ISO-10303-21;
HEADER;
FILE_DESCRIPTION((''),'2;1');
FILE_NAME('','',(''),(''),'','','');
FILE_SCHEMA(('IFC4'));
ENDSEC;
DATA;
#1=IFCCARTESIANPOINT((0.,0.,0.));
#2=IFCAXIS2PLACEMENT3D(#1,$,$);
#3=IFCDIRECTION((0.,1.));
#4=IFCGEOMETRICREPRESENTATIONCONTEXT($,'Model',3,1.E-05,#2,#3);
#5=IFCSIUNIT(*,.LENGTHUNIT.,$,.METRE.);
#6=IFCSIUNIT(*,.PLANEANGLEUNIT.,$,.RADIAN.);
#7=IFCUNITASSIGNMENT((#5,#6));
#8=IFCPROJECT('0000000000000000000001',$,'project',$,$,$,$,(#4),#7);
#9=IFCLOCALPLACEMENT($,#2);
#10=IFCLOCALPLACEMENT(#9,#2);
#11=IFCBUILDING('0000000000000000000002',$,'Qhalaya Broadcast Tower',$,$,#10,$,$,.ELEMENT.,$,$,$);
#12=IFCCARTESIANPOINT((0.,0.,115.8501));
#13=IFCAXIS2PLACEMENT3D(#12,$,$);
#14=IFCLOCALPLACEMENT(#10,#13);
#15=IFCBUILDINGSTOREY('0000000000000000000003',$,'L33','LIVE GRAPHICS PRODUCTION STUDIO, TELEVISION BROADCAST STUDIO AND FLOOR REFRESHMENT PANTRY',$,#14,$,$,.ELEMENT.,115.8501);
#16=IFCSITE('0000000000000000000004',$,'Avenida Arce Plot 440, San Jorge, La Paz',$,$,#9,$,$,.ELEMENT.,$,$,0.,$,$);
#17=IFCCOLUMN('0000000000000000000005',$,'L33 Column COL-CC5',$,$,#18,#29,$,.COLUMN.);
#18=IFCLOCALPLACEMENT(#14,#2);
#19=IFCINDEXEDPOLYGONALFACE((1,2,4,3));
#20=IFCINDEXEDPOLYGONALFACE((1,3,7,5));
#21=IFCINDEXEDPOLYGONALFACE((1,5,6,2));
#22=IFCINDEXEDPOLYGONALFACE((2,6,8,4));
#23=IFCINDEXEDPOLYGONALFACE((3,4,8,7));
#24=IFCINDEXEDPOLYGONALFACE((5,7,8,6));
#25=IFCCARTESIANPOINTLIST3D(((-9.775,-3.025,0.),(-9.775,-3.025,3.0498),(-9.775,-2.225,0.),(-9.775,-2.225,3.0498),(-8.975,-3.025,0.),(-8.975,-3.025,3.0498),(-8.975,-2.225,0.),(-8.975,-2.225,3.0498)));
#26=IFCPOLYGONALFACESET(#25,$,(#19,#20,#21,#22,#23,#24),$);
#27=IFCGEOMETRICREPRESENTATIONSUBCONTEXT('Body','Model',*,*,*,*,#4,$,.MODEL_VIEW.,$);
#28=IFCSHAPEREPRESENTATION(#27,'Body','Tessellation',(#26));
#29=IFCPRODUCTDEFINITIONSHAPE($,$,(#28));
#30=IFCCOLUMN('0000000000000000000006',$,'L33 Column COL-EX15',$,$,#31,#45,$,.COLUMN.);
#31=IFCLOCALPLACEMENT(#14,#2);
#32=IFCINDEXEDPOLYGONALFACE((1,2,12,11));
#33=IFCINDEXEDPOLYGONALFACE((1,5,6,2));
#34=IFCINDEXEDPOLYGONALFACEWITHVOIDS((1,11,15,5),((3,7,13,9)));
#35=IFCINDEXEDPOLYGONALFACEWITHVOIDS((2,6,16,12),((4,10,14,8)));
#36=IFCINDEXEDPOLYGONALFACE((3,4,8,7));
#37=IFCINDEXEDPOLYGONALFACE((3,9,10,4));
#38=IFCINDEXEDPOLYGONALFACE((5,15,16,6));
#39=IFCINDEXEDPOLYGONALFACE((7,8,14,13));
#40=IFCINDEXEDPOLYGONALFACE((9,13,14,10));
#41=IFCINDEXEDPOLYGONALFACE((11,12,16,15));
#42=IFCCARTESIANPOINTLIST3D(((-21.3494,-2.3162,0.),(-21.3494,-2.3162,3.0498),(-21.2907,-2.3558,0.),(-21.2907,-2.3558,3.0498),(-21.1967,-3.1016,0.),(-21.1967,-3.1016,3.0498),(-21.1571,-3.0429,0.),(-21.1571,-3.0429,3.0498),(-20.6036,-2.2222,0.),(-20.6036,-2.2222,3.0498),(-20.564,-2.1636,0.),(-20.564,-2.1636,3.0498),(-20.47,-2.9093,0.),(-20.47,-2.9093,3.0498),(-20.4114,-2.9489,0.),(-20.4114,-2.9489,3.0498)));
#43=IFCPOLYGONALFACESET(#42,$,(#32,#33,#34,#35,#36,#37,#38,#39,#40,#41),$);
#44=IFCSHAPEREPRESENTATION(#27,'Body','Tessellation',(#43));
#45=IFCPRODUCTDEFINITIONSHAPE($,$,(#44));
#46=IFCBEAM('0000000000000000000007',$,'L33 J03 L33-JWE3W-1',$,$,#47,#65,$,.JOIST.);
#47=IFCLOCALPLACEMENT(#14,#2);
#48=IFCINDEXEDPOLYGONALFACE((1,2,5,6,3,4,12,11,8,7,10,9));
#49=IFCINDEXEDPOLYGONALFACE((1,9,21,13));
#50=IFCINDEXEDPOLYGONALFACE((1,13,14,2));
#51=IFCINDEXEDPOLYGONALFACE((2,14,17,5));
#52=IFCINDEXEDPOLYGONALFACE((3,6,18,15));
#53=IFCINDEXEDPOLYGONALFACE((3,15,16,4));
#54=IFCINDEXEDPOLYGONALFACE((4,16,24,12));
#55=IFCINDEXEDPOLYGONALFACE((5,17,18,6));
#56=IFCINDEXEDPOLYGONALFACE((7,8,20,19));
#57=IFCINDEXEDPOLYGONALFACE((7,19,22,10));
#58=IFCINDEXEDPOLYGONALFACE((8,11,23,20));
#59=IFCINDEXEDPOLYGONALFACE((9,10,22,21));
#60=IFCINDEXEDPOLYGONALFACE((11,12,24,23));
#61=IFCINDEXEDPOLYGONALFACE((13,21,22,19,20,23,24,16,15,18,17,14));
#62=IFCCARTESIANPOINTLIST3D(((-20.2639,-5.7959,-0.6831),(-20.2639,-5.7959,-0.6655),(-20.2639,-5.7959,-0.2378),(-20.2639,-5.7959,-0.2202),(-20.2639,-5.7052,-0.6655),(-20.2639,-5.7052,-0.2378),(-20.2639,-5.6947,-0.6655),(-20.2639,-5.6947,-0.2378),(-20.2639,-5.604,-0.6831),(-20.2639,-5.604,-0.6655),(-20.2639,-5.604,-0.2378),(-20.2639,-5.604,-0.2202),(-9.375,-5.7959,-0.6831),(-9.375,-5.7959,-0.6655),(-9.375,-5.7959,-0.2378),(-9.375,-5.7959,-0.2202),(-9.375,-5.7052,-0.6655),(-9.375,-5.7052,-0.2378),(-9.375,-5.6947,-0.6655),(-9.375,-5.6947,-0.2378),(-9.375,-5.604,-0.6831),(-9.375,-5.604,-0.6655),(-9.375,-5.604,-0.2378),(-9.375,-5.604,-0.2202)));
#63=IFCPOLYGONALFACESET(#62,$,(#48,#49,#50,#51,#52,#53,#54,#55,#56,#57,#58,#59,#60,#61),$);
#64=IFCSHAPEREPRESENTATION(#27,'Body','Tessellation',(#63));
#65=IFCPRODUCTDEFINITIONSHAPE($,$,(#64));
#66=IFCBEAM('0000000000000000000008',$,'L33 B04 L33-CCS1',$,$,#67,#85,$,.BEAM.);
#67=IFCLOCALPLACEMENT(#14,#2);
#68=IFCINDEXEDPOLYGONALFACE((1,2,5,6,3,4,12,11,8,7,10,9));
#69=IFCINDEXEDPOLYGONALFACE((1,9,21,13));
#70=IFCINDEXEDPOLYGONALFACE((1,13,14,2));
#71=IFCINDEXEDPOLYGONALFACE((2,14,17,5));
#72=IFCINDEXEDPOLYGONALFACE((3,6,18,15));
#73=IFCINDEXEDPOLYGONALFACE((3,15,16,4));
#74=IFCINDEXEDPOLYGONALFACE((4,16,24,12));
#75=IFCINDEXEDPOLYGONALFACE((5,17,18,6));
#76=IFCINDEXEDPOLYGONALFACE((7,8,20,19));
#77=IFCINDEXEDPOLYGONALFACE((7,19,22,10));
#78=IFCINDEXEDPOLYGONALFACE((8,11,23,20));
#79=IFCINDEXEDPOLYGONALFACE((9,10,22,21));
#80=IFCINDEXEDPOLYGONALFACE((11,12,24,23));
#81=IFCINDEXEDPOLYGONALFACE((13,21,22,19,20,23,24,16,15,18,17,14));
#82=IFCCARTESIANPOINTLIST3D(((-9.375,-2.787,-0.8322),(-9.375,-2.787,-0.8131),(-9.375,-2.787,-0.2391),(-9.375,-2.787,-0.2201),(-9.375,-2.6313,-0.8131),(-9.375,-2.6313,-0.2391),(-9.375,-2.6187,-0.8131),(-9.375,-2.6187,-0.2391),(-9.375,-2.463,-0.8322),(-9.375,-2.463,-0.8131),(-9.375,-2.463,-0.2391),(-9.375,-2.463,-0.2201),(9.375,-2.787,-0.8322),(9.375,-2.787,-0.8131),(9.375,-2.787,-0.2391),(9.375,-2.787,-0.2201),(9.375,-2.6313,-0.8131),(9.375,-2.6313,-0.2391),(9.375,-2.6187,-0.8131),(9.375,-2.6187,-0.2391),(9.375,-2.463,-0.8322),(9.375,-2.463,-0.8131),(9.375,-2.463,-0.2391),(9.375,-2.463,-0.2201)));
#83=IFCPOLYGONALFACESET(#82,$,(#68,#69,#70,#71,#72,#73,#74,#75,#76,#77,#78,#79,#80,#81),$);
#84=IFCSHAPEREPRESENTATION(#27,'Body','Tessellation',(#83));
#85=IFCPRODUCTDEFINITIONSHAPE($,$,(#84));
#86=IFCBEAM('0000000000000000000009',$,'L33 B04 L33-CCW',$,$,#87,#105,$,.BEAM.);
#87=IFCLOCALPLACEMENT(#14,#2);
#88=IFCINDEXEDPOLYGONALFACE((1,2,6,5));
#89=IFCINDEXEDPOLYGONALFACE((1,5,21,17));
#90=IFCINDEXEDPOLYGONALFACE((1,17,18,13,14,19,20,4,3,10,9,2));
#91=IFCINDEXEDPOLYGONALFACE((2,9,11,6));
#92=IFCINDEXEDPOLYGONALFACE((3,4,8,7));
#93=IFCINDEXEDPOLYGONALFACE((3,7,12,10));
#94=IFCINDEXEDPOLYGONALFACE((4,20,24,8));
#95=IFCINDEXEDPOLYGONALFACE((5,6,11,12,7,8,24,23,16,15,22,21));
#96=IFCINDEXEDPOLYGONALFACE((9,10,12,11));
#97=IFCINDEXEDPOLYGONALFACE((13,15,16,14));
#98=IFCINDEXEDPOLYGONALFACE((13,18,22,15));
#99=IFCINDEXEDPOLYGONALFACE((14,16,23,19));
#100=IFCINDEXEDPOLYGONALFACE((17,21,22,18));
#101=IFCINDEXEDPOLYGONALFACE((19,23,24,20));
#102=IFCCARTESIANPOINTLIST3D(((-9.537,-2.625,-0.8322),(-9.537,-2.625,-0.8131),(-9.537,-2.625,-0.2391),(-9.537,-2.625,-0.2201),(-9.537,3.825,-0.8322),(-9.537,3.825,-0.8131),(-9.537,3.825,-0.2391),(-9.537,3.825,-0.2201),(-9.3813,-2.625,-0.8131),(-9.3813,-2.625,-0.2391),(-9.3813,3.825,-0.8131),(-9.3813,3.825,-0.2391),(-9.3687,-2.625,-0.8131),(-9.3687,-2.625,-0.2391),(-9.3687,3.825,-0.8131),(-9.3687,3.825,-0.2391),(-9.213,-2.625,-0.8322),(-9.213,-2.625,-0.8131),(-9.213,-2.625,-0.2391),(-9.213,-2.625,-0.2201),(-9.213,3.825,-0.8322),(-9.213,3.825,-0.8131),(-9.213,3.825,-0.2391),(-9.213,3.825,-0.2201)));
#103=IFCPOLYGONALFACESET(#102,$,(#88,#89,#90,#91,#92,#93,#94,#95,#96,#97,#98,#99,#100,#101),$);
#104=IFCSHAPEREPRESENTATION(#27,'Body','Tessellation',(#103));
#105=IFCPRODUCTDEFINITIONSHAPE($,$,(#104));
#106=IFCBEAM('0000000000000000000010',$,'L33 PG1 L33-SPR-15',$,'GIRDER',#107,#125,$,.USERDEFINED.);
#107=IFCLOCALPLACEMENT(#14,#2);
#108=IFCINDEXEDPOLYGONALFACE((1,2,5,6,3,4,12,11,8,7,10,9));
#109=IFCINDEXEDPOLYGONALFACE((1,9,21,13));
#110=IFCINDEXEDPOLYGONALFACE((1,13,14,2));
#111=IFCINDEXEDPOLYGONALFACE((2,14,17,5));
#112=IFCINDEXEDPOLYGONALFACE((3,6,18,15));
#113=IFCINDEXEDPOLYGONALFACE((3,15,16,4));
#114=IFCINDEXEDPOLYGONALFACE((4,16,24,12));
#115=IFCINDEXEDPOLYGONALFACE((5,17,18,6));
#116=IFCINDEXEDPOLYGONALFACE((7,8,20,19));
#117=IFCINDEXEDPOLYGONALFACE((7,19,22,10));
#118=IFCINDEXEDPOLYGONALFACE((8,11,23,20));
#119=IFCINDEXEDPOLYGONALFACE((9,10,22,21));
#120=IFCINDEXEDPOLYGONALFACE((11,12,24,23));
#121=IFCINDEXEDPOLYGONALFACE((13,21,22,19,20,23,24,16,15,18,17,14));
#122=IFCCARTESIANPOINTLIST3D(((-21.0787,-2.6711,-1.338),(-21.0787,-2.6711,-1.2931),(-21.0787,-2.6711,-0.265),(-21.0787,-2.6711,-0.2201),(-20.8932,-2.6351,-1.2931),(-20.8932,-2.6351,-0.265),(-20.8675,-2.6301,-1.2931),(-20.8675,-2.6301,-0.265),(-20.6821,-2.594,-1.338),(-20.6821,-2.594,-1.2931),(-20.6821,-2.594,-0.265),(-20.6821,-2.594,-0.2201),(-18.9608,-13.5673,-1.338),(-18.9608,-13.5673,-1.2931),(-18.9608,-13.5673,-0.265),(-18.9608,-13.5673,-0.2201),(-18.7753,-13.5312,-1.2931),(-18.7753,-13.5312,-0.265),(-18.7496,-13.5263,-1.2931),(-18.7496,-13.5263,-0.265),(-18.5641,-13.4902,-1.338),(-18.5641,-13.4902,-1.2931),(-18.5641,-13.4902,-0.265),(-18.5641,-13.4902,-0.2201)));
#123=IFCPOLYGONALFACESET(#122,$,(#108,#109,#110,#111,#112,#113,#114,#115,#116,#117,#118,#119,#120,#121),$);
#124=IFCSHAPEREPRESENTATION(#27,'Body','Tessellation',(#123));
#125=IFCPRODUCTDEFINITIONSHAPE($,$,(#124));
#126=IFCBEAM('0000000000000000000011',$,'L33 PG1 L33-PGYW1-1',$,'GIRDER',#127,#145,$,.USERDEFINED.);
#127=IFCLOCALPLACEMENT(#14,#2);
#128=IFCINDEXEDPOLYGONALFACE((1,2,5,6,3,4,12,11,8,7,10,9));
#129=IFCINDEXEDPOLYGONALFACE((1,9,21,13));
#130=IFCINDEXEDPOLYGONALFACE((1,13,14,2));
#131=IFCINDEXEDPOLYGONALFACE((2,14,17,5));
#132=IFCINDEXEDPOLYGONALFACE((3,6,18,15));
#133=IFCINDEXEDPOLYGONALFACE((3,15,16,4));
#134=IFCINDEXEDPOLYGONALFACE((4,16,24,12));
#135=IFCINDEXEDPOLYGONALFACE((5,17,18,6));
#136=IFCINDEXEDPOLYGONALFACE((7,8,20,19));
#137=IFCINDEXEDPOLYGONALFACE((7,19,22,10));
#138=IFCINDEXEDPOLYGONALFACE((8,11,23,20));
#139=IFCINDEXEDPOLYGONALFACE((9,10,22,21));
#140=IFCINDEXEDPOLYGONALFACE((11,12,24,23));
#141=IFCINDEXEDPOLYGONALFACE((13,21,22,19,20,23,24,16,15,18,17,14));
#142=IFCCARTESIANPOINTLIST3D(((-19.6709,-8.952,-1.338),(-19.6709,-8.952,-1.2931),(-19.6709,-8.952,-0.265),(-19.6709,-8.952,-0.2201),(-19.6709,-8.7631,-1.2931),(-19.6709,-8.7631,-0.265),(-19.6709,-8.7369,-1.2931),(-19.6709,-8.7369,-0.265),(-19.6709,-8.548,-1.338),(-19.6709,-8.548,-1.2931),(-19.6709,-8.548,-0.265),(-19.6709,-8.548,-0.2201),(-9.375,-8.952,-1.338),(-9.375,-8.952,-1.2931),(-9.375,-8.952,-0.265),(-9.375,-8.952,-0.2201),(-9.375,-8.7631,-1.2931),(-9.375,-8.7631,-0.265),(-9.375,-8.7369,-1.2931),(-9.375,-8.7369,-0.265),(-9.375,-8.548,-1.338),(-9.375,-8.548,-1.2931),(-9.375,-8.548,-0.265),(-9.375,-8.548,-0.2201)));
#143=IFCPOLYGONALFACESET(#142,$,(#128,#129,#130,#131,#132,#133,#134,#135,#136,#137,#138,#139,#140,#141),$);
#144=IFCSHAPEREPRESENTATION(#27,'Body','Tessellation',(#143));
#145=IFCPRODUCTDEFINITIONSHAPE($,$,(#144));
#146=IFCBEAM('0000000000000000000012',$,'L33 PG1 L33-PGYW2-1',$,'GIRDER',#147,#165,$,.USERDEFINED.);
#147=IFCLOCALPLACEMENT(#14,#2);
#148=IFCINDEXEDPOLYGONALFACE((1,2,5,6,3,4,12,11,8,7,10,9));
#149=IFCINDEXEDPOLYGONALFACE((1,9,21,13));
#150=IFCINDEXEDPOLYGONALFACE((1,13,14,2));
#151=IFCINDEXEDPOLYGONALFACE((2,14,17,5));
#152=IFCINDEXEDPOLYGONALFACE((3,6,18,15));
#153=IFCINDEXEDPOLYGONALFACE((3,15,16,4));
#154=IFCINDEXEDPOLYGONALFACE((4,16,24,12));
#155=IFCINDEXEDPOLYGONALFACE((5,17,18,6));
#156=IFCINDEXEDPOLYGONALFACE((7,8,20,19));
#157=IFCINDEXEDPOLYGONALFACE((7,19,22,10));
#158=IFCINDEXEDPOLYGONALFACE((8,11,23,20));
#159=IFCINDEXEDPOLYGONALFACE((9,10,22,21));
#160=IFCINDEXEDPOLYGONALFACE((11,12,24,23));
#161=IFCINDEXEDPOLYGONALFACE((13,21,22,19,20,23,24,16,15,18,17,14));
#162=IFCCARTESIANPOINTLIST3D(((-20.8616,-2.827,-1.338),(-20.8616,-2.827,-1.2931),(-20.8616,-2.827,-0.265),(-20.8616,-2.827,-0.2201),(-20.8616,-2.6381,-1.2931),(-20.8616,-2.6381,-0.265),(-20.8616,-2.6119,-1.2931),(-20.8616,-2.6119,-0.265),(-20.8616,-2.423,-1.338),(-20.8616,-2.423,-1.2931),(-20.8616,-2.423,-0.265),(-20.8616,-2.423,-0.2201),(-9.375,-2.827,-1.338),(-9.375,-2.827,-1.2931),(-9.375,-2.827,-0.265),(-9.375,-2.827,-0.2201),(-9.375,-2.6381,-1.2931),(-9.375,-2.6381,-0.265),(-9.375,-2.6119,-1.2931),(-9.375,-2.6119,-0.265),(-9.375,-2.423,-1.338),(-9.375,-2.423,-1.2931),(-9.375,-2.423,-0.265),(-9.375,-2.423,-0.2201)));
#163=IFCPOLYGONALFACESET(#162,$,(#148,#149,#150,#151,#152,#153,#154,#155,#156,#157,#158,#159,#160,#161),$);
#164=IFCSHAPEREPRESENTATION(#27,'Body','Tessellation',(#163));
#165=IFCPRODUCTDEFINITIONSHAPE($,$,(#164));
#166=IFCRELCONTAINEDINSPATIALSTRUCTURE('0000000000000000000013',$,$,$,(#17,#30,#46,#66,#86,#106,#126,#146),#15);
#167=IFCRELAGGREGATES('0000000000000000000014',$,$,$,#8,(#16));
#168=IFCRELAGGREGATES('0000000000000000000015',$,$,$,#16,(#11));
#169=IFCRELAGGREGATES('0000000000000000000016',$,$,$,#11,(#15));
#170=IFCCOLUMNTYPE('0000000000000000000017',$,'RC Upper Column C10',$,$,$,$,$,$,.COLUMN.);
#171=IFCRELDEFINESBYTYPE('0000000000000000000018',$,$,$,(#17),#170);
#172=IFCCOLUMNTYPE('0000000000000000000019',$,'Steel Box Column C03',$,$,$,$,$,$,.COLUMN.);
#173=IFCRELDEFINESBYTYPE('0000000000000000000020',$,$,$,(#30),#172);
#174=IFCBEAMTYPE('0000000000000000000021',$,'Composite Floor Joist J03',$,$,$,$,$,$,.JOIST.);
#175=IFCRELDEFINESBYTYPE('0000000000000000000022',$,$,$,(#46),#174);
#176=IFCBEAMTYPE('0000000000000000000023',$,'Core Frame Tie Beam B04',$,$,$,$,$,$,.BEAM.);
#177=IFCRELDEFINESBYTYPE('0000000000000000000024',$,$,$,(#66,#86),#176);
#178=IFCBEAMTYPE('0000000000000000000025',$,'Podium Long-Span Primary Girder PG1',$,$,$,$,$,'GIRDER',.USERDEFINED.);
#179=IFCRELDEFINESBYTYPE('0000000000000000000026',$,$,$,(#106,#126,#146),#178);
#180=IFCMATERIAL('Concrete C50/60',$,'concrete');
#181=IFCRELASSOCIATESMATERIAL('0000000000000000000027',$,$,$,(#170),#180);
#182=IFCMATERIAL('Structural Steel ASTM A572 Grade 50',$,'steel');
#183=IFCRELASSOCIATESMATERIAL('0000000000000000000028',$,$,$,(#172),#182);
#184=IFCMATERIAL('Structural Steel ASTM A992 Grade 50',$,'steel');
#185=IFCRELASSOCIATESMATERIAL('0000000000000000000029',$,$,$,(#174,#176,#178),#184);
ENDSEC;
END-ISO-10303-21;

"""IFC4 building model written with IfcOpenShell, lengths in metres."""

from ifc_helpers import new_model, si_unit, direction, frame, origin, origin_2d, place, context, subcontext, project, spatial, rectangle, hollow_rectangle, i_section, extrude, material, material_profile, profile_set, type_object, element, save


model = new_model("IFC4")

# Units and contexts
model_context = context("Model", 3, precision=1e-05, world=origin(), true_north=direction((0.0, 1.0)))
body_context = subcontext(model_context, "Body", "Model", "MODEL_VIEW")
ifc_project = project(units=[si_unit("LENGTHUNIT", "METRE"), si_unit("PLANEANGLEUNIT", "RADIAN")], contexts=[model_context])

# Site, building, storey
site_placement = place(None, origin())
site = spatial("IfcSite", under=ifc_project, at=site_placement, Name="Avenida Arce Plot 440, San Jorge, La Paz", CompositionType="ELEMENT", RefElevation=0.0)
building_placement = place(site_placement, origin())
building = spatial("IfcBuilding", under=site, at=building_placement, Name="Qhalaya Broadcast Tower", CompositionType="ELEMENT")
storey_placement = place(building_placement, frame((0.0, 0.0, 115.8501)))
storey = spatial("IfcBuildingStorey", under=building, at=storey_placement, Name="L33", Description="LIVE GRAPHICS PRODUCTION STUDIO, TELEVISION BROADCAST STUDIO AND FLOOR REFRESHMENT PANTRY", CompositionType="ELEMENT", Elevation=115.8501)

# Columns
ifc_material_1 = material(Name="Concrete C50/60", Category="concrete")
ifc_material_profile_1 = material_profile(ifc_material_1, rectangle(XDim=0.8, YDim=0.8, at=origin_2d()), Name="RC-COL 800x800")
ifc_profile_set_1 = profile_set([ifc_material_profile_1], Name="Concrete C50/60")
column_type_1 = type_object("IfcColumnType", Name="RC Upper Column C10", PredefinedType="COLUMN", material=ifc_profile_set_1)
column_1_placement = place(storey_placement, frame((-9.375, -2.625, 0.0), z_axis=(0.0, 0.0, 1.0), x_axis=(1.0, 0.0, 0.0)))
element("IfcColumn", 1, at=column_1_placement, inside=storey, type_object=column_type_1, Name="L33 Column COL-CC5", PredefinedType="COLUMN", context=body_context, shape_type="SweptSolid", body=[
    extrude(rectangle(XDim=0.8, YDim=0.8, at=origin_2d()), origin(), (0.0, 0.0, 1.0), 3.0498),
])
ifc_material_2 = material(Name="Structural Steel ASTM A572 Grade 50", Category="steel")
ifc_material_profile_2 = material_profile(ifc_material_2, hollow_rectangle(XDim=0.8, YDim=0.8, WallThickness=0.05, at=origin_2d()), Name="BOX 800x800x50")
ifc_profile_set_2 = profile_set([ifc_material_profile_2], Name="Structural Steel ASTM A572 Grade 50")
column_type_2 = type_object("IfcColumnType", Name="Steel Box Column C03", PredefinedType="COLUMN", material=ifc_profile_set_2)
column_2_placement = place(storey_placement, frame((-20.8804, -2.6326, 0.0), z_axis=(0.0, 0.0, 1.0), x_axis=(-0.190809, 0.981627, 0.0)))
element("IfcColumn", 2, at=column_2_placement, inside=storey, type_object=column_type_2, Name="L33 Column COL-EX15", PredefinedType="COLUMN", context=body_context, shape_type="SweptSolid", body=[
    extrude(hollow_rectangle(XDim=0.8, YDim=0.8, WallThickness=0.05, at=origin_2d()), origin(), (0.0, 0.0, 1.0), 3.0498),
])

# Beams
ifc_material_3 = material(Name="Structural Steel ASTM A992 Grade 50", Category="steel")
ifc_material_profile_3 = material_profile(ifc_material_3, i_section(OverallWidth=0.1919, OverallDepth=0.4629, WebThickness=0.0105, FlangeThickness=0.0176, at=origin_2d()), Name="W18X60")
ifc_profile_set_3 = profile_set([ifc_material_profile_3], Name="Structural Steel ASTM A992 Grade 50")
beam_type_1 = type_object("IfcBeamType", Name="Composite Floor Joist J03", PredefinedType="JOIST", material=ifc_profile_set_3)
beam_1_placement = place(storey_placement, frame((-20.2639, -5.7, -0.4517), z_axis=(1.0, 0.0, 0.0), x_axis=(0.0, 1.0, 0.0)))
element("IfcBeam", 3, at=beam_1_placement, inside=storey, type_object=beam_type_1, Name="L33 J03 L33-JWE3W-1", PredefinedType="JOIST", context=body_context, shape_type="SweptSolid", body=[
    extrude(i_section(OverallWidth=0.1919, OverallDepth=0.4629, WebThickness=0.0105, FlangeThickness=0.0176, at=origin_2d()), origin(), (0.0, 0.0, 1.0), 10.8889),
])
ifc_material_profile_4 = material_profile(ifc_material_3, i_section(OverallWidth=0.324, OverallDepth=0.6121, WebThickness=0.0127, FlangeThickness=0.019, at=origin_2d()), Name="W24X104")
ifc_profile_set_4 = profile_set([ifc_material_profile_4], Name="Structural Steel ASTM A992 Grade 50")
beam_type_2 = type_object("IfcBeamType", Name="Core Frame Tie Beam B04", PredefinedType="BEAM", material=ifc_profile_set_4)
beam_2_placement = place(storey_placement, frame((-9.375, -2.625, -0.5261), z_axis=(1.0, 0.0, 0.0), x_axis=(0.0, 1.0, 0.0)))
element("IfcBeam", 4, at=beam_2_placement, inside=storey, type_object=beam_type_2, Name="L33 B04 L33-CCS1", PredefinedType="BEAM", context=body_context, shape_type="SweptSolid", body=[
    extrude(i_section(OverallWidth=0.324, OverallDepth=0.6121, WebThickness=0.0127, FlangeThickness=0.019, at=origin_2d()), origin(), (0.0, 0.0, 1.0), 18.75),
])
beam_3_placement = place(storey_placement, frame((-9.375, -2.625, -0.5261), z_axis=(0.0, 1.0, 0.0), x_axis=(-1.0, 0.0, 0.0)))
element("IfcBeam", 5, at=beam_3_placement, inside=storey, type_object=beam_type_2, Name="L33 B04 L33-CCW", PredefinedType="BEAM", context=body_context, shape_type="SweptSolid", body=[
    extrude(i_section(OverallWidth=0.324, OverallDepth=0.6121, WebThickness=0.0127, FlangeThickness=0.019, at=origin_2d()), origin(), (0.0, 0.0, 1.0), 6.45),
])
ifc_material_profile_5 = material_profile(ifc_material_3, i_section(OverallWidth=0.4041, OverallDepth=1.1179, WebThickness=0.0261, FlangeThickness=0.0449, at=origin_2d()), Name="W44X335")
ifc_profile_set_5 = profile_set([ifc_material_profile_5], Name="Structural Steel ASTM A992 Grade 50")
beam_type_3 = type_object("IfcBeamType", Name="Podium Long-Span Primary Girder PG1", ElementType="GIRDER", PredefinedType="USERDEFINED", material=ifc_profile_set_5)
beam_4_placement = place(storey_placement, frame((-20.8804, -2.6326, -0.7791), z_axis=(0.190801, -0.981629, 0.0), x_axis=(0.981629, 0.190801, 0.0)))
element("IfcBeam", 6, at=beam_4_placement, inside=storey, type_object=beam_type_3, Name="L33 PG1 L33-SPR-15", ObjectType="GIRDER", PredefinedType="USERDEFINED", context=body_context, shape_type="SweptSolid", body=[
    extrude(i_section(OverallWidth=0.4041, OverallDepth=1.1179, WebThickness=0.0261, FlangeThickness=0.0449, at=origin_2d()), origin(), (0.0, 0.0, 1.0), 11.1001),
])
beam_5_placement = place(storey_placement, frame((-19.6709, -8.75, -0.7791), z_axis=(1.0, 0.0, 0.0), x_axis=(0.0, 1.0, 0.0)))
element("IfcBeam", 7, at=beam_5_placement, inside=storey, type_object=beam_type_3, Name="L33 PG1 L33-PGYW1-1", ObjectType="GIRDER", PredefinedType="USERDEFINED", context=body_context, shape_type="SweptSolid", body=[
    extrude(i_section(OverallWidth=0.4041, OverallDepth=1.1179, WebThickness=0.0261, FlangeThickness=0.0449, at=origin_2d()), origin(), (0.0, 0.0, 1.0), 10.2959),
])
beam_6_placement = place(storey_placement, frame((-20.8616, -2.625, -0.7791), z_axis=(1.0, 0.0, 0.0), x_axis=(0.0, 1.0, 0.0)))
element("IfcBeam", 8, at=beam_6_placement, inside=storey, type_object=beam_type_3, Name="L33 PG1 L33-PGYW2-1", ObjectType="GIRDER", PredefinedType="USERDEFINED", context=body_context, shape_type="SweptSolid", body=[
    extrude(i_section(OverallWidth=0.4041, OverallDepth=1.1179, WebThickness=0.0261, FlangeThickness=0.0449, at=origin_2d()), origin(), (0.0, 0.0, 1.0), 11.4866),
])

save(model, "model.ifc")
